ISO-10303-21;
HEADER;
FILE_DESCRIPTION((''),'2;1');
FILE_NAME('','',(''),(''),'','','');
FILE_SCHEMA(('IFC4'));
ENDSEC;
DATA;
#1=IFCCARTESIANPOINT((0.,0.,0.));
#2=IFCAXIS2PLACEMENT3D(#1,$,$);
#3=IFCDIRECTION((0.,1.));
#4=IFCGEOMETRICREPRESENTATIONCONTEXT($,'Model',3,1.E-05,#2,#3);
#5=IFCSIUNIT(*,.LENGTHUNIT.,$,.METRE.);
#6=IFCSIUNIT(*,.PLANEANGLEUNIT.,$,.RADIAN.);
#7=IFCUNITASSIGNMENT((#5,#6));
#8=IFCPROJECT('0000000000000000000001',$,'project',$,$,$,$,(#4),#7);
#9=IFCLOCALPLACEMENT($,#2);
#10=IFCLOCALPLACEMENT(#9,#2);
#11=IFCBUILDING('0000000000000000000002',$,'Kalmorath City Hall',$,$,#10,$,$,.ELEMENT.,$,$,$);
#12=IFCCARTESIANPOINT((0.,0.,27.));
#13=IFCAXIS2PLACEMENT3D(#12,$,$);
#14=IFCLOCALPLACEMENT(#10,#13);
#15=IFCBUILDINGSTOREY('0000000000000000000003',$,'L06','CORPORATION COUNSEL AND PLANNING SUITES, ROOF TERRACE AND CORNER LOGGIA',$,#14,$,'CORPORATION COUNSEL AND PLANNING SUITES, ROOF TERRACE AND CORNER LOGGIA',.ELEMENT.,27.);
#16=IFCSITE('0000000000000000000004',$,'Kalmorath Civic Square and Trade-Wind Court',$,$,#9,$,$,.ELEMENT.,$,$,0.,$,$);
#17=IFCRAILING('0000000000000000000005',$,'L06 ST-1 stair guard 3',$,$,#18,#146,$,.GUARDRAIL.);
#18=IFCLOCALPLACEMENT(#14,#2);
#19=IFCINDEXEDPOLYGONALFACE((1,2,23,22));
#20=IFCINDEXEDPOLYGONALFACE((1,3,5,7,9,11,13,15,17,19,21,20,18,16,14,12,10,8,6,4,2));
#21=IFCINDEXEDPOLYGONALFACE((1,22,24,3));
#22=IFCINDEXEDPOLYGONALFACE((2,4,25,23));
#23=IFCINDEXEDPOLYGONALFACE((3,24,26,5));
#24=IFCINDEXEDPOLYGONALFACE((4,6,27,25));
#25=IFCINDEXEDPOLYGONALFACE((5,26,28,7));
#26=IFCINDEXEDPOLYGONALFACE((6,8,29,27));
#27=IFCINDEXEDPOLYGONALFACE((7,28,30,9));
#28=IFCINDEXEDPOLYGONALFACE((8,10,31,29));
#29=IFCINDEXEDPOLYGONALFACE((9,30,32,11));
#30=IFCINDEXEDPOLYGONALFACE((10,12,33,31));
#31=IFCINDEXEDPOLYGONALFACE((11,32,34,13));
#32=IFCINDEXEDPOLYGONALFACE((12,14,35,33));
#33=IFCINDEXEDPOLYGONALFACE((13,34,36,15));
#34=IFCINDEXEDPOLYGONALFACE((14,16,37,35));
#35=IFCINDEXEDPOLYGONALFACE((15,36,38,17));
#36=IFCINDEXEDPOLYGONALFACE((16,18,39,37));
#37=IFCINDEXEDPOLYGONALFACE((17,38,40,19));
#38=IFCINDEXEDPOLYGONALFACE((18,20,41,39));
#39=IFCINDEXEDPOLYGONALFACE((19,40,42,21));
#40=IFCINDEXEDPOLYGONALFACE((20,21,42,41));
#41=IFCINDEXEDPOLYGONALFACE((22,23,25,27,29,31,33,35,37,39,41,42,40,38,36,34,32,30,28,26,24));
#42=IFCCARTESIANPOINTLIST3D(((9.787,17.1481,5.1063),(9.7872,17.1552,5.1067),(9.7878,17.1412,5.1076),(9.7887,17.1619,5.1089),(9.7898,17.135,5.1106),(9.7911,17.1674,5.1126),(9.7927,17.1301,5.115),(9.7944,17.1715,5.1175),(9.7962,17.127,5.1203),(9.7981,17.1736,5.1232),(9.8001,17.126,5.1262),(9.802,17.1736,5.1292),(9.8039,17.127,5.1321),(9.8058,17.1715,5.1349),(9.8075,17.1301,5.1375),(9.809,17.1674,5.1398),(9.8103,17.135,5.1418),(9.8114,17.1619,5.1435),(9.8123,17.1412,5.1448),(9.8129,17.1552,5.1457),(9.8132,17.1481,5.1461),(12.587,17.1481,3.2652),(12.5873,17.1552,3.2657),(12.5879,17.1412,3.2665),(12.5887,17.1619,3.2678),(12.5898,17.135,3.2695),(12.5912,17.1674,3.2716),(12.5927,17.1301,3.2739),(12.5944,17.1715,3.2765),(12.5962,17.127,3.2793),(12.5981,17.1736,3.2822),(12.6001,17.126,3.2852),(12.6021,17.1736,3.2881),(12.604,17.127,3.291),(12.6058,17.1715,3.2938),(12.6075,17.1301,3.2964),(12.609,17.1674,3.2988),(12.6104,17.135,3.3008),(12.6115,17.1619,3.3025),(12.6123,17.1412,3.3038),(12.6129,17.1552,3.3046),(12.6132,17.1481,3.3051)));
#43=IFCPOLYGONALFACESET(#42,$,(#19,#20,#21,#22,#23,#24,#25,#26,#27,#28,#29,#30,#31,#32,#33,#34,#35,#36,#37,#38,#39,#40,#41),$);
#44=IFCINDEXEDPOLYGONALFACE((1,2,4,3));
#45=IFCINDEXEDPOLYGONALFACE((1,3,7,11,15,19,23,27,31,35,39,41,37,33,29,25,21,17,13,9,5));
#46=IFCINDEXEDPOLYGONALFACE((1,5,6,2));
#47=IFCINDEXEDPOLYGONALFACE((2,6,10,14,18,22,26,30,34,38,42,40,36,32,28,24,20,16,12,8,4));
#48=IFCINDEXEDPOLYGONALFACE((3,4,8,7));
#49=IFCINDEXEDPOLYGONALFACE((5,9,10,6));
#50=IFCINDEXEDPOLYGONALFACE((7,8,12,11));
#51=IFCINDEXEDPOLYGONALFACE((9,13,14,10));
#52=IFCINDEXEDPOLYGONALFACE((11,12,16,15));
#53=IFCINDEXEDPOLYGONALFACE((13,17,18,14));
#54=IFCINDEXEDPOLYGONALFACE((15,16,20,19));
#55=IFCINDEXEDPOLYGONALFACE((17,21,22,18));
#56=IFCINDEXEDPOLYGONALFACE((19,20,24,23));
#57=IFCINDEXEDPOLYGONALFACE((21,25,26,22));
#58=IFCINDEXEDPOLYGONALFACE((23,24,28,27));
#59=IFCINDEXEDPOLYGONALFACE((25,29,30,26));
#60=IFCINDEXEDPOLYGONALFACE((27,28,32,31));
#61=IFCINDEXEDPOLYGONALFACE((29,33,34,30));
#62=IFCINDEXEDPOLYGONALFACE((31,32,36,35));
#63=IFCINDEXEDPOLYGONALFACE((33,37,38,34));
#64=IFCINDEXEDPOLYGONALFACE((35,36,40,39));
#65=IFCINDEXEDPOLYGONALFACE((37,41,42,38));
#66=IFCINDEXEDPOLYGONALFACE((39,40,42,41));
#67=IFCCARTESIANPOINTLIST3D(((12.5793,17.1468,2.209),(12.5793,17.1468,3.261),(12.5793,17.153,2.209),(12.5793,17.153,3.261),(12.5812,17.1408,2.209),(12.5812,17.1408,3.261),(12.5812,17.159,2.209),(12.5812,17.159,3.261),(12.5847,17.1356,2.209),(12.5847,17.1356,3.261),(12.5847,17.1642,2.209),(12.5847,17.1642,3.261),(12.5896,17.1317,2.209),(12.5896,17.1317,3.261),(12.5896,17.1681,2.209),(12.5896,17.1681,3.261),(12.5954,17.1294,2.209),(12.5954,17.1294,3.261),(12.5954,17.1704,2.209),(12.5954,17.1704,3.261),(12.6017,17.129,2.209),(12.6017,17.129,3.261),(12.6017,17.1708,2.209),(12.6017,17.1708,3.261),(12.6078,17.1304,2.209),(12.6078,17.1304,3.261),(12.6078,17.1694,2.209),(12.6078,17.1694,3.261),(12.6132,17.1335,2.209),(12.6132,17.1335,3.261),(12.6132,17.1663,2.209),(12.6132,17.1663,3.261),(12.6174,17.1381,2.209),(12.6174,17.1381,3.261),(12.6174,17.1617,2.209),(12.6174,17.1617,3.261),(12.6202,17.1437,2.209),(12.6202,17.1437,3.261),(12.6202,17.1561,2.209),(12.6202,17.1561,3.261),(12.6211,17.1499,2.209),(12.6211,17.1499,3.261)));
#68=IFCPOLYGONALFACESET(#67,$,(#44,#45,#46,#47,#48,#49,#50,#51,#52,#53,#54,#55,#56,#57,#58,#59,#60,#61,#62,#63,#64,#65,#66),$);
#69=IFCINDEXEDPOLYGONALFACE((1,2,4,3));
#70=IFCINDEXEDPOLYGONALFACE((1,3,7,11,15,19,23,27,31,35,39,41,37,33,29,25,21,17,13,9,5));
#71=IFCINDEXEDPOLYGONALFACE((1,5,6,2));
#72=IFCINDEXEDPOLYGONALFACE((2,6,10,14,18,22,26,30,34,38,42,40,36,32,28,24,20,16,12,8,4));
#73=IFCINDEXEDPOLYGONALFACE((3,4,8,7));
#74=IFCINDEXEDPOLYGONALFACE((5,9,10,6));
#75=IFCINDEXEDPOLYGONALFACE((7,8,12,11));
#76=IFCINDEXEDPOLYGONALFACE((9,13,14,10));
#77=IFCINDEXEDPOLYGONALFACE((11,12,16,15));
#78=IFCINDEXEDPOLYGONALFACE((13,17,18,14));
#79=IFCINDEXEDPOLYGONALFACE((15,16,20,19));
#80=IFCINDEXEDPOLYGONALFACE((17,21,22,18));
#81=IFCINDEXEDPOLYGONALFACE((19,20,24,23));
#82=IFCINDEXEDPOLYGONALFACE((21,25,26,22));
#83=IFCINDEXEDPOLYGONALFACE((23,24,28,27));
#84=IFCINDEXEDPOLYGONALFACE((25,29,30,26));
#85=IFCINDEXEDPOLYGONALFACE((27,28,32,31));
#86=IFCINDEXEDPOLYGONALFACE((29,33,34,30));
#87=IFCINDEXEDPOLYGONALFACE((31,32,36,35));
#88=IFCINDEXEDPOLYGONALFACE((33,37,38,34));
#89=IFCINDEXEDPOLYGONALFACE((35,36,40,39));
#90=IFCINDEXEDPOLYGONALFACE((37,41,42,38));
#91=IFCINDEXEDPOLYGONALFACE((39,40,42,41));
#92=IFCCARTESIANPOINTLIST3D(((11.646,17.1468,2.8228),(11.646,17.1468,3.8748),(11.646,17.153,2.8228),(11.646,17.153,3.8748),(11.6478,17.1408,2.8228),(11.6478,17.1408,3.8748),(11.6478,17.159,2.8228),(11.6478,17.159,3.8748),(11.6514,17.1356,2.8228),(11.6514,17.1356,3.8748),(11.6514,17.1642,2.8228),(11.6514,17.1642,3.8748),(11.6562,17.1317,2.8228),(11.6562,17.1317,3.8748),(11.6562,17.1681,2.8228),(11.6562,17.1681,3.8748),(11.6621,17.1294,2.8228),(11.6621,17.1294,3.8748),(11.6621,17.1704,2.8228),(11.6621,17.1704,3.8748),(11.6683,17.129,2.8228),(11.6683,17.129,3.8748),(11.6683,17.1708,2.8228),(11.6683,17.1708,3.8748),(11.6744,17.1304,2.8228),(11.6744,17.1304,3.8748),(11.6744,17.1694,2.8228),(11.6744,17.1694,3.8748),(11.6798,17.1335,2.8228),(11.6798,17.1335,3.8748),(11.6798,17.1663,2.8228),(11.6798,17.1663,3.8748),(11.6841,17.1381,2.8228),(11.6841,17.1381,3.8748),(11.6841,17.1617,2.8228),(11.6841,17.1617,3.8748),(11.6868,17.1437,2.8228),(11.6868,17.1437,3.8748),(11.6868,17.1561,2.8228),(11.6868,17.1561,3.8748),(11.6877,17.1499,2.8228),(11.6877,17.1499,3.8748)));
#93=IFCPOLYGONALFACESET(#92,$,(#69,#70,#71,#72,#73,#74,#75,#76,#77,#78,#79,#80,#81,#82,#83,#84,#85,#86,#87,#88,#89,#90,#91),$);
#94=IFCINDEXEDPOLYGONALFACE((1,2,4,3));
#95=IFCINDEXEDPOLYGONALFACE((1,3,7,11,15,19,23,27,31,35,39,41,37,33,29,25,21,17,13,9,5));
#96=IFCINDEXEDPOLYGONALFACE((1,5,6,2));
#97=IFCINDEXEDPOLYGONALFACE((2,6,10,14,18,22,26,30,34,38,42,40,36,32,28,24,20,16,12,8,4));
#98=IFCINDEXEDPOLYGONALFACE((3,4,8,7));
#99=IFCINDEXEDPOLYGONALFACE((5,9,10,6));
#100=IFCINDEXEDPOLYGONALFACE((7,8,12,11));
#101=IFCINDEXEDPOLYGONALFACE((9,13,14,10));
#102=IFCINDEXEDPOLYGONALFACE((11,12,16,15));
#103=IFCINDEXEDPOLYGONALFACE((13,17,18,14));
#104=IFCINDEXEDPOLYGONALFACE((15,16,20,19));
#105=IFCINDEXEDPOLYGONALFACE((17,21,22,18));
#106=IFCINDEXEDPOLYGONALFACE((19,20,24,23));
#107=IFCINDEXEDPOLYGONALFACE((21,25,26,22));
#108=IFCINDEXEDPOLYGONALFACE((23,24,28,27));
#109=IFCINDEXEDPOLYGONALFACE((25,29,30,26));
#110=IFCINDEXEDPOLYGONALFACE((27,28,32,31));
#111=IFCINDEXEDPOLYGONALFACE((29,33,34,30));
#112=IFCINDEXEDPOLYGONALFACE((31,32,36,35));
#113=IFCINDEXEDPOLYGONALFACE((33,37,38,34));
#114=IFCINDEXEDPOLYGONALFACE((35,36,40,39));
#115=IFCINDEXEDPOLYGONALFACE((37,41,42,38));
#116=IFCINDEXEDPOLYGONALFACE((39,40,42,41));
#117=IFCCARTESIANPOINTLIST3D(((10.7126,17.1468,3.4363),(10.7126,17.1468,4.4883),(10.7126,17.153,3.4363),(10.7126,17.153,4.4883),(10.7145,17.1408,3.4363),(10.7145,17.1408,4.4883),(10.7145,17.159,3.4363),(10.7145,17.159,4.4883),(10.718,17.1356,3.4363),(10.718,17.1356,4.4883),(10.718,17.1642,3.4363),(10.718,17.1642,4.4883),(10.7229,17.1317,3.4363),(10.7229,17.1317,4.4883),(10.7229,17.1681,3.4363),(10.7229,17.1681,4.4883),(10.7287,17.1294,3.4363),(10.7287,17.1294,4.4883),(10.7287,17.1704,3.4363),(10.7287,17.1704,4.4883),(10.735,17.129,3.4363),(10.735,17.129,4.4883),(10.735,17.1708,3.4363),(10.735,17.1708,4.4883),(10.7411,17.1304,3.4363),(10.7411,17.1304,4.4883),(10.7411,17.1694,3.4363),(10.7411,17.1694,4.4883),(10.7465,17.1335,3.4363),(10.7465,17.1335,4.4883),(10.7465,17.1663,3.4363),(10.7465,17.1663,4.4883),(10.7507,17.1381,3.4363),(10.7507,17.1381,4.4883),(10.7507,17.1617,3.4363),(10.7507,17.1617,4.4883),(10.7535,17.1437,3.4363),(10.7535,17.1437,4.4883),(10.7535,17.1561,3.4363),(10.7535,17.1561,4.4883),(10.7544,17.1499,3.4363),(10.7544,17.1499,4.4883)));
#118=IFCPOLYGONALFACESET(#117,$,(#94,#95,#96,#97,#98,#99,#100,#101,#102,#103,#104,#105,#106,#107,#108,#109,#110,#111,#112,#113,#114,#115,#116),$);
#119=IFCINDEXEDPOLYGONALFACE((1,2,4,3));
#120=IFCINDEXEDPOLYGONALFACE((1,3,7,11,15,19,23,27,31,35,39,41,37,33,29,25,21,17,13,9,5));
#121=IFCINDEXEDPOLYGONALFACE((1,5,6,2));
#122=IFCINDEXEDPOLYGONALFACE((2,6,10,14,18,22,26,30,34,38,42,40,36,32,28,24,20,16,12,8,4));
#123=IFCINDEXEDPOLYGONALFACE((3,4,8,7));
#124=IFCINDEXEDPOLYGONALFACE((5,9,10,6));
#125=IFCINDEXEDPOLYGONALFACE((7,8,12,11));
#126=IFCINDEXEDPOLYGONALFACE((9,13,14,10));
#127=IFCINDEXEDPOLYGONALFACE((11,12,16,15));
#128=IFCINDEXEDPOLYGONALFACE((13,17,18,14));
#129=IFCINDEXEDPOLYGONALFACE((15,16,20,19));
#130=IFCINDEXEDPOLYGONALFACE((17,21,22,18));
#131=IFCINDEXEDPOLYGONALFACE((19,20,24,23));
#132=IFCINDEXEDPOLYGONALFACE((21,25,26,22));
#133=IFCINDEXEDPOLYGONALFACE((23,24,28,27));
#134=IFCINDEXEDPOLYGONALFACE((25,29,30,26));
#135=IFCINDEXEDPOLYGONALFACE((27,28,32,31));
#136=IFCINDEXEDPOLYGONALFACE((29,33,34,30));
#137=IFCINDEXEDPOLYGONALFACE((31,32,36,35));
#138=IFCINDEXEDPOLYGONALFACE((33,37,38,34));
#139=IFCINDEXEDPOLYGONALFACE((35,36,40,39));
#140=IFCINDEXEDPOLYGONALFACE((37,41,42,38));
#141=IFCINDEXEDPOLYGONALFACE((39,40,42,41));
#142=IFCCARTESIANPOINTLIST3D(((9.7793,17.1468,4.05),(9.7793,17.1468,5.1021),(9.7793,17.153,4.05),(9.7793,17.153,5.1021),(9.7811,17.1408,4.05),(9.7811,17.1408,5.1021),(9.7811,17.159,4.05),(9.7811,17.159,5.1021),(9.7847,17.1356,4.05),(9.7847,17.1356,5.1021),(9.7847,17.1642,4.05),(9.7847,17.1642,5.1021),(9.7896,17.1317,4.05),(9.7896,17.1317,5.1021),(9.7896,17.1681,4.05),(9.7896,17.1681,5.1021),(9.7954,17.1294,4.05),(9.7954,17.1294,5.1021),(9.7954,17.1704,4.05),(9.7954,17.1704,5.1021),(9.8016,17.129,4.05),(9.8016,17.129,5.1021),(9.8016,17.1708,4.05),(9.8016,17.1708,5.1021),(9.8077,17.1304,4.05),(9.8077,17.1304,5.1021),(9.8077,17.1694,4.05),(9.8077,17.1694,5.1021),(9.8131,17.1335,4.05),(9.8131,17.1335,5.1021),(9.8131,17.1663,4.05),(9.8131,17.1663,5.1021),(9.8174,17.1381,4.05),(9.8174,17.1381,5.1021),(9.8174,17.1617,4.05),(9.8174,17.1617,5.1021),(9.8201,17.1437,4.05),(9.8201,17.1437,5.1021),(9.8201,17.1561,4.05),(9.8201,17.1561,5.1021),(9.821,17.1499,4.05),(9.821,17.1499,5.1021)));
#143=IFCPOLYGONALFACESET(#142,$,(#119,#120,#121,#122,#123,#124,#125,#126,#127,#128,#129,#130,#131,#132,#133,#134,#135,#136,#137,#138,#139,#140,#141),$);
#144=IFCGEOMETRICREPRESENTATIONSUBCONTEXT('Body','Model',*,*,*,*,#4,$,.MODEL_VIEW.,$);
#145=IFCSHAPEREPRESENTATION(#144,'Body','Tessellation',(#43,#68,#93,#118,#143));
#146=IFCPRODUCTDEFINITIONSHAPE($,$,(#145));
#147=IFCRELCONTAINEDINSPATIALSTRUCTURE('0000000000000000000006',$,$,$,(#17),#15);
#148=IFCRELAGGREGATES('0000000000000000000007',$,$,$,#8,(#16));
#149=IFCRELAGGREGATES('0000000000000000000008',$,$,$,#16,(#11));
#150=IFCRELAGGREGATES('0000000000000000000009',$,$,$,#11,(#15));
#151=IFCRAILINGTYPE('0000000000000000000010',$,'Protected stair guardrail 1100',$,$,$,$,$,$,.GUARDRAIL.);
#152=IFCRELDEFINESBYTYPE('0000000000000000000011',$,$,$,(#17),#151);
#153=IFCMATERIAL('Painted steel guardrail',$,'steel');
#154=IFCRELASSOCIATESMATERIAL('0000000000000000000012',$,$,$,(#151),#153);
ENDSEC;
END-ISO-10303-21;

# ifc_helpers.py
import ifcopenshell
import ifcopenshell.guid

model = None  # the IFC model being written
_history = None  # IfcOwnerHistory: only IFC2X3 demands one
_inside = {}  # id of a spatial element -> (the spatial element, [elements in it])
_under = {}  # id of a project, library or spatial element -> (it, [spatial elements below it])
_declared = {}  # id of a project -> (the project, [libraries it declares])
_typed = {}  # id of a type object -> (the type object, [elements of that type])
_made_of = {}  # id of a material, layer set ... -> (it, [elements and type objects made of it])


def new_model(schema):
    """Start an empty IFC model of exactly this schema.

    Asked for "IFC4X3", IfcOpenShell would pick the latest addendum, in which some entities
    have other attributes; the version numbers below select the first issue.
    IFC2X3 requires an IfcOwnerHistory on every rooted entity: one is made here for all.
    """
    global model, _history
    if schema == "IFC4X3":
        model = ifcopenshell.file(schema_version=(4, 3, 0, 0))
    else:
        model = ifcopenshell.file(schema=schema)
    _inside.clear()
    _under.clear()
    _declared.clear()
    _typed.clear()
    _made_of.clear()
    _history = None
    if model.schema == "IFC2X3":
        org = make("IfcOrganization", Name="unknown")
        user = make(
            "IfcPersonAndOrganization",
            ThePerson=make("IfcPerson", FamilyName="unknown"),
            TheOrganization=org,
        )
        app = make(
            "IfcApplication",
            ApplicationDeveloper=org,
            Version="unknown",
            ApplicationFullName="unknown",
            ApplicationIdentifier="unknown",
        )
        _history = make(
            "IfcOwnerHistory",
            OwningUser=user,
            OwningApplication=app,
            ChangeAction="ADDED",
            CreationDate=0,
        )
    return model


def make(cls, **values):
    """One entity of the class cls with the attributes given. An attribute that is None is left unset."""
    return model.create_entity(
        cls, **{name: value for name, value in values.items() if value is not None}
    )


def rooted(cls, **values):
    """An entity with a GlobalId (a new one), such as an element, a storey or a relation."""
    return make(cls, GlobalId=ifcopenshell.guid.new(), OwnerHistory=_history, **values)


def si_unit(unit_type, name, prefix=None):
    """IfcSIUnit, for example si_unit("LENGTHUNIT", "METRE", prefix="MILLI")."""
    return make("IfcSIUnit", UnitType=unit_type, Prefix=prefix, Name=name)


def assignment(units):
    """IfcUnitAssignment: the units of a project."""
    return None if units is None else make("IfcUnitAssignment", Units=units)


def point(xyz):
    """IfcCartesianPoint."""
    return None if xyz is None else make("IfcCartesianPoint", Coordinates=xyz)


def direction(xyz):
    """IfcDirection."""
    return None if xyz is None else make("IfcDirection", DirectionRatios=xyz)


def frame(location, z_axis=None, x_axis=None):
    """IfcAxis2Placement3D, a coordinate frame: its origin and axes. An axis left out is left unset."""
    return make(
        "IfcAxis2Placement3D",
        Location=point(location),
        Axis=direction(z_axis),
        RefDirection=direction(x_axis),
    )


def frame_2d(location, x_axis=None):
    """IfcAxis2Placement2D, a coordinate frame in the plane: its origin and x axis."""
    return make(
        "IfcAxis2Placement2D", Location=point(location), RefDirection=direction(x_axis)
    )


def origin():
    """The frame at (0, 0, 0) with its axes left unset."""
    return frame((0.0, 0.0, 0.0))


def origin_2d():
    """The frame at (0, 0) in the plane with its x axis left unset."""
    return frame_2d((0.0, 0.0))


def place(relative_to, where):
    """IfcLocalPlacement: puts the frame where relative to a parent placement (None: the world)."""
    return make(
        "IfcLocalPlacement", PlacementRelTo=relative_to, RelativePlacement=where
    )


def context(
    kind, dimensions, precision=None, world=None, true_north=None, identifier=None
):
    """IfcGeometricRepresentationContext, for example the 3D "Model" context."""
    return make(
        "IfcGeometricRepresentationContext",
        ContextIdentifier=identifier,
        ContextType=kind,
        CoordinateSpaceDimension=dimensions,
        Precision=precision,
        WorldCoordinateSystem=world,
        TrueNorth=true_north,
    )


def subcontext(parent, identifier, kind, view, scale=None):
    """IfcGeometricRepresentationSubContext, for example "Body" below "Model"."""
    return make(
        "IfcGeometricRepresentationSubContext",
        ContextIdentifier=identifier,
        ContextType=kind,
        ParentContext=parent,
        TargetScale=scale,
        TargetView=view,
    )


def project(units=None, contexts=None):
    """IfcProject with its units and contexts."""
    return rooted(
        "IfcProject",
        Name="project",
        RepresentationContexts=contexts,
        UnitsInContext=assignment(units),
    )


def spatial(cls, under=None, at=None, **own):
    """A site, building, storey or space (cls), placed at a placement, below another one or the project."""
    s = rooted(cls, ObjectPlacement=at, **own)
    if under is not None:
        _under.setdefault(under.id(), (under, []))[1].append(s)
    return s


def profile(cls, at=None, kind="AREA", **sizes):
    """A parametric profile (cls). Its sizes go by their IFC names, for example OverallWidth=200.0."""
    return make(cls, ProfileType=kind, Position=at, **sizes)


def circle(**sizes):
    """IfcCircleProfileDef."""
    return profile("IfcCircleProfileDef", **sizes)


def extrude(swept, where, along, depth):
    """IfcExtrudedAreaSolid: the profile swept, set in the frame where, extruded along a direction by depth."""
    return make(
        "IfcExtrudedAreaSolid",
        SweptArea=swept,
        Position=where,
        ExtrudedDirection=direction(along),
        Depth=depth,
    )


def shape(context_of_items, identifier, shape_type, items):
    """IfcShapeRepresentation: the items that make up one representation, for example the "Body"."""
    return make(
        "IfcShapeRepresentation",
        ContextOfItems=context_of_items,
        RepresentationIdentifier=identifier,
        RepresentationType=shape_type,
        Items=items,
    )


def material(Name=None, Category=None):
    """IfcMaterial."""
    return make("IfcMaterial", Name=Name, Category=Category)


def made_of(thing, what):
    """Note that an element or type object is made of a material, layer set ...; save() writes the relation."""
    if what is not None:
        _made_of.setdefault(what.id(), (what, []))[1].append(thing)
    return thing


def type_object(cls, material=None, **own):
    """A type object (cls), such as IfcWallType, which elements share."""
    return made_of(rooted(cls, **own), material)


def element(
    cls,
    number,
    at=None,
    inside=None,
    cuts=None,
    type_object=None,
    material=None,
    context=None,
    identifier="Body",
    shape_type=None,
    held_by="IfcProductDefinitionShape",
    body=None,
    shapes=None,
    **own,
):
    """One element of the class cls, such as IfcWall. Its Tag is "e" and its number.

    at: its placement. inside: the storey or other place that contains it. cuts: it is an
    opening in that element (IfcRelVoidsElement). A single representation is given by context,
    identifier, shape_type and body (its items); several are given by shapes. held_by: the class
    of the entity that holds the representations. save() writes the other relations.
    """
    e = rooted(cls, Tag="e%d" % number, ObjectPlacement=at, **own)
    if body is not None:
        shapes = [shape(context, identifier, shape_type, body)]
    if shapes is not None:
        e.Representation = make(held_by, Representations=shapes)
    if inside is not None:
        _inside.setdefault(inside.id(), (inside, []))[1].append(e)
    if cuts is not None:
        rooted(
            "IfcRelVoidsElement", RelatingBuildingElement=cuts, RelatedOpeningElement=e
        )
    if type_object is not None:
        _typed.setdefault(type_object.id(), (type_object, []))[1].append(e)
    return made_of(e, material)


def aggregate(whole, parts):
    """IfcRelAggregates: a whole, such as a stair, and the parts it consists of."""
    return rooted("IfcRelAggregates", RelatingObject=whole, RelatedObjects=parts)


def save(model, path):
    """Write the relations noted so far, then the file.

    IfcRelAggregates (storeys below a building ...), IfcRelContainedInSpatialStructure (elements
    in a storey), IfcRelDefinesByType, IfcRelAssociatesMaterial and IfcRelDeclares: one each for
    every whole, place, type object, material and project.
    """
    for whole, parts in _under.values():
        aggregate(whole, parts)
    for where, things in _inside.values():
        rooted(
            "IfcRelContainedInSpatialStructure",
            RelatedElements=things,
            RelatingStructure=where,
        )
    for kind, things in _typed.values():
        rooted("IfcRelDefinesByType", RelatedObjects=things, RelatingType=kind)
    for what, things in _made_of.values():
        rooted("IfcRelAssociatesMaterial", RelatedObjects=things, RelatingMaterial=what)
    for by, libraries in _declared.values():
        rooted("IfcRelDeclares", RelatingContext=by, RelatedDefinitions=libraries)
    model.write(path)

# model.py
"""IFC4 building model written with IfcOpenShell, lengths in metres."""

from ifc_helpers import new_model, si_unit, direction, frame, origin, origin_2d, place, context, subcontext, project, spatial, circle, extrude, material, type_object, element, save


model = new_model("IFC4")

# Units and contexts
model_context = context("Model", 3, precision=1e-05, world=origin(), true_north=direction((0.0, 1.0)))
body_context = subcontext(model_context, "Body", "Model", "MODEL_VIEW")
ifc_project = project(units=[si_unit("LENGTHUNIT", "METRE"), si_unit("PLANEANGLEUNIT", "RADIAN")], contexts=[model_context])

# Site, building, storey
site_placement = place(None, origin())
site = spatial("IfcSite", under=ifc_project, at=site_placement, Name="Kalmorath Civic Square and Trade-Wind Court", CompositionType="ELEMENT", RefElevation=0.0)
building_placement = place(site_placement, origin())
building = spatial("IfcBuilding", under=site, at=building_placement, Name="Kalmorath City Hall", CompositionType="ELEMENT")
storey_placement = place(building_placement, frame((0.0, 0.0, 27.0)))
storey = spatial("IfcBuildingStorey", under=building, at=storey_placement, Name="L06", Description="CORPORATION COUNSEL AND PLANNING SUITES, ROOF TERRACE AND CORNER LOGGIA", LongName="CORPORATION COUNSEL AND PLANNING SUITES, ROOF TERRACE AND CORNER LOGGIA", CompositionType="ELEMENT", Elevation=27.0)

# Railing
ifc_material_1 = material(Name="Painted steel guardrail", Category="steel")
railing_type_1 = type_object("IfcRailingType", Name="Protected stair guardrail 1100", PredefinedType="GUARDRAIL", material=ifc_material_1)
railing_1_placement = place(storey_placement, frame((12.6001, 17.1499, 2.209)))
element("IfcRailing", 1, at=railing_1_placement, inside=storey, type_object=railing_type_1, Name="L06 ST-1 stair guard 3", PredefinedType="GUARDRAIL", context=body_context, shape_type="SweptSolid", body=[
    extrude(circle(Radius=0.0239, at=origin_2d()), frame((0.0, 0.0, 1.0762), z_axis=(-0.835564, 0.0, 0.549393), x_axis=(0.0, -1.0, 0.0)), (0.0, 0.0, 1.0), 3.3511),
    extrude(circle(Radius=0.021, at=origin_2d()), origin(), (0.0, 0.0, 1.0), 1.052),
    extrude(circle(Radius=0.021, at=origin_2d()), frame((-0.9333, 0.0, 0.6138)), (0.0, 0.0, 1.0), 1.052),
    extrude(circle(Radius=0.021, at=origin_2d()), frame((-1.8667, 0.0, 1.2273)), (0.0, 0.0, 1.0), 1.052),
    extrude(circle(Radius=0.021, at=origin_2d()), frame((-2.8, 0.0, 1.8411)), (0.0, 0.0, 1.0), 1.052),
])

save(model, "model.ifc")
